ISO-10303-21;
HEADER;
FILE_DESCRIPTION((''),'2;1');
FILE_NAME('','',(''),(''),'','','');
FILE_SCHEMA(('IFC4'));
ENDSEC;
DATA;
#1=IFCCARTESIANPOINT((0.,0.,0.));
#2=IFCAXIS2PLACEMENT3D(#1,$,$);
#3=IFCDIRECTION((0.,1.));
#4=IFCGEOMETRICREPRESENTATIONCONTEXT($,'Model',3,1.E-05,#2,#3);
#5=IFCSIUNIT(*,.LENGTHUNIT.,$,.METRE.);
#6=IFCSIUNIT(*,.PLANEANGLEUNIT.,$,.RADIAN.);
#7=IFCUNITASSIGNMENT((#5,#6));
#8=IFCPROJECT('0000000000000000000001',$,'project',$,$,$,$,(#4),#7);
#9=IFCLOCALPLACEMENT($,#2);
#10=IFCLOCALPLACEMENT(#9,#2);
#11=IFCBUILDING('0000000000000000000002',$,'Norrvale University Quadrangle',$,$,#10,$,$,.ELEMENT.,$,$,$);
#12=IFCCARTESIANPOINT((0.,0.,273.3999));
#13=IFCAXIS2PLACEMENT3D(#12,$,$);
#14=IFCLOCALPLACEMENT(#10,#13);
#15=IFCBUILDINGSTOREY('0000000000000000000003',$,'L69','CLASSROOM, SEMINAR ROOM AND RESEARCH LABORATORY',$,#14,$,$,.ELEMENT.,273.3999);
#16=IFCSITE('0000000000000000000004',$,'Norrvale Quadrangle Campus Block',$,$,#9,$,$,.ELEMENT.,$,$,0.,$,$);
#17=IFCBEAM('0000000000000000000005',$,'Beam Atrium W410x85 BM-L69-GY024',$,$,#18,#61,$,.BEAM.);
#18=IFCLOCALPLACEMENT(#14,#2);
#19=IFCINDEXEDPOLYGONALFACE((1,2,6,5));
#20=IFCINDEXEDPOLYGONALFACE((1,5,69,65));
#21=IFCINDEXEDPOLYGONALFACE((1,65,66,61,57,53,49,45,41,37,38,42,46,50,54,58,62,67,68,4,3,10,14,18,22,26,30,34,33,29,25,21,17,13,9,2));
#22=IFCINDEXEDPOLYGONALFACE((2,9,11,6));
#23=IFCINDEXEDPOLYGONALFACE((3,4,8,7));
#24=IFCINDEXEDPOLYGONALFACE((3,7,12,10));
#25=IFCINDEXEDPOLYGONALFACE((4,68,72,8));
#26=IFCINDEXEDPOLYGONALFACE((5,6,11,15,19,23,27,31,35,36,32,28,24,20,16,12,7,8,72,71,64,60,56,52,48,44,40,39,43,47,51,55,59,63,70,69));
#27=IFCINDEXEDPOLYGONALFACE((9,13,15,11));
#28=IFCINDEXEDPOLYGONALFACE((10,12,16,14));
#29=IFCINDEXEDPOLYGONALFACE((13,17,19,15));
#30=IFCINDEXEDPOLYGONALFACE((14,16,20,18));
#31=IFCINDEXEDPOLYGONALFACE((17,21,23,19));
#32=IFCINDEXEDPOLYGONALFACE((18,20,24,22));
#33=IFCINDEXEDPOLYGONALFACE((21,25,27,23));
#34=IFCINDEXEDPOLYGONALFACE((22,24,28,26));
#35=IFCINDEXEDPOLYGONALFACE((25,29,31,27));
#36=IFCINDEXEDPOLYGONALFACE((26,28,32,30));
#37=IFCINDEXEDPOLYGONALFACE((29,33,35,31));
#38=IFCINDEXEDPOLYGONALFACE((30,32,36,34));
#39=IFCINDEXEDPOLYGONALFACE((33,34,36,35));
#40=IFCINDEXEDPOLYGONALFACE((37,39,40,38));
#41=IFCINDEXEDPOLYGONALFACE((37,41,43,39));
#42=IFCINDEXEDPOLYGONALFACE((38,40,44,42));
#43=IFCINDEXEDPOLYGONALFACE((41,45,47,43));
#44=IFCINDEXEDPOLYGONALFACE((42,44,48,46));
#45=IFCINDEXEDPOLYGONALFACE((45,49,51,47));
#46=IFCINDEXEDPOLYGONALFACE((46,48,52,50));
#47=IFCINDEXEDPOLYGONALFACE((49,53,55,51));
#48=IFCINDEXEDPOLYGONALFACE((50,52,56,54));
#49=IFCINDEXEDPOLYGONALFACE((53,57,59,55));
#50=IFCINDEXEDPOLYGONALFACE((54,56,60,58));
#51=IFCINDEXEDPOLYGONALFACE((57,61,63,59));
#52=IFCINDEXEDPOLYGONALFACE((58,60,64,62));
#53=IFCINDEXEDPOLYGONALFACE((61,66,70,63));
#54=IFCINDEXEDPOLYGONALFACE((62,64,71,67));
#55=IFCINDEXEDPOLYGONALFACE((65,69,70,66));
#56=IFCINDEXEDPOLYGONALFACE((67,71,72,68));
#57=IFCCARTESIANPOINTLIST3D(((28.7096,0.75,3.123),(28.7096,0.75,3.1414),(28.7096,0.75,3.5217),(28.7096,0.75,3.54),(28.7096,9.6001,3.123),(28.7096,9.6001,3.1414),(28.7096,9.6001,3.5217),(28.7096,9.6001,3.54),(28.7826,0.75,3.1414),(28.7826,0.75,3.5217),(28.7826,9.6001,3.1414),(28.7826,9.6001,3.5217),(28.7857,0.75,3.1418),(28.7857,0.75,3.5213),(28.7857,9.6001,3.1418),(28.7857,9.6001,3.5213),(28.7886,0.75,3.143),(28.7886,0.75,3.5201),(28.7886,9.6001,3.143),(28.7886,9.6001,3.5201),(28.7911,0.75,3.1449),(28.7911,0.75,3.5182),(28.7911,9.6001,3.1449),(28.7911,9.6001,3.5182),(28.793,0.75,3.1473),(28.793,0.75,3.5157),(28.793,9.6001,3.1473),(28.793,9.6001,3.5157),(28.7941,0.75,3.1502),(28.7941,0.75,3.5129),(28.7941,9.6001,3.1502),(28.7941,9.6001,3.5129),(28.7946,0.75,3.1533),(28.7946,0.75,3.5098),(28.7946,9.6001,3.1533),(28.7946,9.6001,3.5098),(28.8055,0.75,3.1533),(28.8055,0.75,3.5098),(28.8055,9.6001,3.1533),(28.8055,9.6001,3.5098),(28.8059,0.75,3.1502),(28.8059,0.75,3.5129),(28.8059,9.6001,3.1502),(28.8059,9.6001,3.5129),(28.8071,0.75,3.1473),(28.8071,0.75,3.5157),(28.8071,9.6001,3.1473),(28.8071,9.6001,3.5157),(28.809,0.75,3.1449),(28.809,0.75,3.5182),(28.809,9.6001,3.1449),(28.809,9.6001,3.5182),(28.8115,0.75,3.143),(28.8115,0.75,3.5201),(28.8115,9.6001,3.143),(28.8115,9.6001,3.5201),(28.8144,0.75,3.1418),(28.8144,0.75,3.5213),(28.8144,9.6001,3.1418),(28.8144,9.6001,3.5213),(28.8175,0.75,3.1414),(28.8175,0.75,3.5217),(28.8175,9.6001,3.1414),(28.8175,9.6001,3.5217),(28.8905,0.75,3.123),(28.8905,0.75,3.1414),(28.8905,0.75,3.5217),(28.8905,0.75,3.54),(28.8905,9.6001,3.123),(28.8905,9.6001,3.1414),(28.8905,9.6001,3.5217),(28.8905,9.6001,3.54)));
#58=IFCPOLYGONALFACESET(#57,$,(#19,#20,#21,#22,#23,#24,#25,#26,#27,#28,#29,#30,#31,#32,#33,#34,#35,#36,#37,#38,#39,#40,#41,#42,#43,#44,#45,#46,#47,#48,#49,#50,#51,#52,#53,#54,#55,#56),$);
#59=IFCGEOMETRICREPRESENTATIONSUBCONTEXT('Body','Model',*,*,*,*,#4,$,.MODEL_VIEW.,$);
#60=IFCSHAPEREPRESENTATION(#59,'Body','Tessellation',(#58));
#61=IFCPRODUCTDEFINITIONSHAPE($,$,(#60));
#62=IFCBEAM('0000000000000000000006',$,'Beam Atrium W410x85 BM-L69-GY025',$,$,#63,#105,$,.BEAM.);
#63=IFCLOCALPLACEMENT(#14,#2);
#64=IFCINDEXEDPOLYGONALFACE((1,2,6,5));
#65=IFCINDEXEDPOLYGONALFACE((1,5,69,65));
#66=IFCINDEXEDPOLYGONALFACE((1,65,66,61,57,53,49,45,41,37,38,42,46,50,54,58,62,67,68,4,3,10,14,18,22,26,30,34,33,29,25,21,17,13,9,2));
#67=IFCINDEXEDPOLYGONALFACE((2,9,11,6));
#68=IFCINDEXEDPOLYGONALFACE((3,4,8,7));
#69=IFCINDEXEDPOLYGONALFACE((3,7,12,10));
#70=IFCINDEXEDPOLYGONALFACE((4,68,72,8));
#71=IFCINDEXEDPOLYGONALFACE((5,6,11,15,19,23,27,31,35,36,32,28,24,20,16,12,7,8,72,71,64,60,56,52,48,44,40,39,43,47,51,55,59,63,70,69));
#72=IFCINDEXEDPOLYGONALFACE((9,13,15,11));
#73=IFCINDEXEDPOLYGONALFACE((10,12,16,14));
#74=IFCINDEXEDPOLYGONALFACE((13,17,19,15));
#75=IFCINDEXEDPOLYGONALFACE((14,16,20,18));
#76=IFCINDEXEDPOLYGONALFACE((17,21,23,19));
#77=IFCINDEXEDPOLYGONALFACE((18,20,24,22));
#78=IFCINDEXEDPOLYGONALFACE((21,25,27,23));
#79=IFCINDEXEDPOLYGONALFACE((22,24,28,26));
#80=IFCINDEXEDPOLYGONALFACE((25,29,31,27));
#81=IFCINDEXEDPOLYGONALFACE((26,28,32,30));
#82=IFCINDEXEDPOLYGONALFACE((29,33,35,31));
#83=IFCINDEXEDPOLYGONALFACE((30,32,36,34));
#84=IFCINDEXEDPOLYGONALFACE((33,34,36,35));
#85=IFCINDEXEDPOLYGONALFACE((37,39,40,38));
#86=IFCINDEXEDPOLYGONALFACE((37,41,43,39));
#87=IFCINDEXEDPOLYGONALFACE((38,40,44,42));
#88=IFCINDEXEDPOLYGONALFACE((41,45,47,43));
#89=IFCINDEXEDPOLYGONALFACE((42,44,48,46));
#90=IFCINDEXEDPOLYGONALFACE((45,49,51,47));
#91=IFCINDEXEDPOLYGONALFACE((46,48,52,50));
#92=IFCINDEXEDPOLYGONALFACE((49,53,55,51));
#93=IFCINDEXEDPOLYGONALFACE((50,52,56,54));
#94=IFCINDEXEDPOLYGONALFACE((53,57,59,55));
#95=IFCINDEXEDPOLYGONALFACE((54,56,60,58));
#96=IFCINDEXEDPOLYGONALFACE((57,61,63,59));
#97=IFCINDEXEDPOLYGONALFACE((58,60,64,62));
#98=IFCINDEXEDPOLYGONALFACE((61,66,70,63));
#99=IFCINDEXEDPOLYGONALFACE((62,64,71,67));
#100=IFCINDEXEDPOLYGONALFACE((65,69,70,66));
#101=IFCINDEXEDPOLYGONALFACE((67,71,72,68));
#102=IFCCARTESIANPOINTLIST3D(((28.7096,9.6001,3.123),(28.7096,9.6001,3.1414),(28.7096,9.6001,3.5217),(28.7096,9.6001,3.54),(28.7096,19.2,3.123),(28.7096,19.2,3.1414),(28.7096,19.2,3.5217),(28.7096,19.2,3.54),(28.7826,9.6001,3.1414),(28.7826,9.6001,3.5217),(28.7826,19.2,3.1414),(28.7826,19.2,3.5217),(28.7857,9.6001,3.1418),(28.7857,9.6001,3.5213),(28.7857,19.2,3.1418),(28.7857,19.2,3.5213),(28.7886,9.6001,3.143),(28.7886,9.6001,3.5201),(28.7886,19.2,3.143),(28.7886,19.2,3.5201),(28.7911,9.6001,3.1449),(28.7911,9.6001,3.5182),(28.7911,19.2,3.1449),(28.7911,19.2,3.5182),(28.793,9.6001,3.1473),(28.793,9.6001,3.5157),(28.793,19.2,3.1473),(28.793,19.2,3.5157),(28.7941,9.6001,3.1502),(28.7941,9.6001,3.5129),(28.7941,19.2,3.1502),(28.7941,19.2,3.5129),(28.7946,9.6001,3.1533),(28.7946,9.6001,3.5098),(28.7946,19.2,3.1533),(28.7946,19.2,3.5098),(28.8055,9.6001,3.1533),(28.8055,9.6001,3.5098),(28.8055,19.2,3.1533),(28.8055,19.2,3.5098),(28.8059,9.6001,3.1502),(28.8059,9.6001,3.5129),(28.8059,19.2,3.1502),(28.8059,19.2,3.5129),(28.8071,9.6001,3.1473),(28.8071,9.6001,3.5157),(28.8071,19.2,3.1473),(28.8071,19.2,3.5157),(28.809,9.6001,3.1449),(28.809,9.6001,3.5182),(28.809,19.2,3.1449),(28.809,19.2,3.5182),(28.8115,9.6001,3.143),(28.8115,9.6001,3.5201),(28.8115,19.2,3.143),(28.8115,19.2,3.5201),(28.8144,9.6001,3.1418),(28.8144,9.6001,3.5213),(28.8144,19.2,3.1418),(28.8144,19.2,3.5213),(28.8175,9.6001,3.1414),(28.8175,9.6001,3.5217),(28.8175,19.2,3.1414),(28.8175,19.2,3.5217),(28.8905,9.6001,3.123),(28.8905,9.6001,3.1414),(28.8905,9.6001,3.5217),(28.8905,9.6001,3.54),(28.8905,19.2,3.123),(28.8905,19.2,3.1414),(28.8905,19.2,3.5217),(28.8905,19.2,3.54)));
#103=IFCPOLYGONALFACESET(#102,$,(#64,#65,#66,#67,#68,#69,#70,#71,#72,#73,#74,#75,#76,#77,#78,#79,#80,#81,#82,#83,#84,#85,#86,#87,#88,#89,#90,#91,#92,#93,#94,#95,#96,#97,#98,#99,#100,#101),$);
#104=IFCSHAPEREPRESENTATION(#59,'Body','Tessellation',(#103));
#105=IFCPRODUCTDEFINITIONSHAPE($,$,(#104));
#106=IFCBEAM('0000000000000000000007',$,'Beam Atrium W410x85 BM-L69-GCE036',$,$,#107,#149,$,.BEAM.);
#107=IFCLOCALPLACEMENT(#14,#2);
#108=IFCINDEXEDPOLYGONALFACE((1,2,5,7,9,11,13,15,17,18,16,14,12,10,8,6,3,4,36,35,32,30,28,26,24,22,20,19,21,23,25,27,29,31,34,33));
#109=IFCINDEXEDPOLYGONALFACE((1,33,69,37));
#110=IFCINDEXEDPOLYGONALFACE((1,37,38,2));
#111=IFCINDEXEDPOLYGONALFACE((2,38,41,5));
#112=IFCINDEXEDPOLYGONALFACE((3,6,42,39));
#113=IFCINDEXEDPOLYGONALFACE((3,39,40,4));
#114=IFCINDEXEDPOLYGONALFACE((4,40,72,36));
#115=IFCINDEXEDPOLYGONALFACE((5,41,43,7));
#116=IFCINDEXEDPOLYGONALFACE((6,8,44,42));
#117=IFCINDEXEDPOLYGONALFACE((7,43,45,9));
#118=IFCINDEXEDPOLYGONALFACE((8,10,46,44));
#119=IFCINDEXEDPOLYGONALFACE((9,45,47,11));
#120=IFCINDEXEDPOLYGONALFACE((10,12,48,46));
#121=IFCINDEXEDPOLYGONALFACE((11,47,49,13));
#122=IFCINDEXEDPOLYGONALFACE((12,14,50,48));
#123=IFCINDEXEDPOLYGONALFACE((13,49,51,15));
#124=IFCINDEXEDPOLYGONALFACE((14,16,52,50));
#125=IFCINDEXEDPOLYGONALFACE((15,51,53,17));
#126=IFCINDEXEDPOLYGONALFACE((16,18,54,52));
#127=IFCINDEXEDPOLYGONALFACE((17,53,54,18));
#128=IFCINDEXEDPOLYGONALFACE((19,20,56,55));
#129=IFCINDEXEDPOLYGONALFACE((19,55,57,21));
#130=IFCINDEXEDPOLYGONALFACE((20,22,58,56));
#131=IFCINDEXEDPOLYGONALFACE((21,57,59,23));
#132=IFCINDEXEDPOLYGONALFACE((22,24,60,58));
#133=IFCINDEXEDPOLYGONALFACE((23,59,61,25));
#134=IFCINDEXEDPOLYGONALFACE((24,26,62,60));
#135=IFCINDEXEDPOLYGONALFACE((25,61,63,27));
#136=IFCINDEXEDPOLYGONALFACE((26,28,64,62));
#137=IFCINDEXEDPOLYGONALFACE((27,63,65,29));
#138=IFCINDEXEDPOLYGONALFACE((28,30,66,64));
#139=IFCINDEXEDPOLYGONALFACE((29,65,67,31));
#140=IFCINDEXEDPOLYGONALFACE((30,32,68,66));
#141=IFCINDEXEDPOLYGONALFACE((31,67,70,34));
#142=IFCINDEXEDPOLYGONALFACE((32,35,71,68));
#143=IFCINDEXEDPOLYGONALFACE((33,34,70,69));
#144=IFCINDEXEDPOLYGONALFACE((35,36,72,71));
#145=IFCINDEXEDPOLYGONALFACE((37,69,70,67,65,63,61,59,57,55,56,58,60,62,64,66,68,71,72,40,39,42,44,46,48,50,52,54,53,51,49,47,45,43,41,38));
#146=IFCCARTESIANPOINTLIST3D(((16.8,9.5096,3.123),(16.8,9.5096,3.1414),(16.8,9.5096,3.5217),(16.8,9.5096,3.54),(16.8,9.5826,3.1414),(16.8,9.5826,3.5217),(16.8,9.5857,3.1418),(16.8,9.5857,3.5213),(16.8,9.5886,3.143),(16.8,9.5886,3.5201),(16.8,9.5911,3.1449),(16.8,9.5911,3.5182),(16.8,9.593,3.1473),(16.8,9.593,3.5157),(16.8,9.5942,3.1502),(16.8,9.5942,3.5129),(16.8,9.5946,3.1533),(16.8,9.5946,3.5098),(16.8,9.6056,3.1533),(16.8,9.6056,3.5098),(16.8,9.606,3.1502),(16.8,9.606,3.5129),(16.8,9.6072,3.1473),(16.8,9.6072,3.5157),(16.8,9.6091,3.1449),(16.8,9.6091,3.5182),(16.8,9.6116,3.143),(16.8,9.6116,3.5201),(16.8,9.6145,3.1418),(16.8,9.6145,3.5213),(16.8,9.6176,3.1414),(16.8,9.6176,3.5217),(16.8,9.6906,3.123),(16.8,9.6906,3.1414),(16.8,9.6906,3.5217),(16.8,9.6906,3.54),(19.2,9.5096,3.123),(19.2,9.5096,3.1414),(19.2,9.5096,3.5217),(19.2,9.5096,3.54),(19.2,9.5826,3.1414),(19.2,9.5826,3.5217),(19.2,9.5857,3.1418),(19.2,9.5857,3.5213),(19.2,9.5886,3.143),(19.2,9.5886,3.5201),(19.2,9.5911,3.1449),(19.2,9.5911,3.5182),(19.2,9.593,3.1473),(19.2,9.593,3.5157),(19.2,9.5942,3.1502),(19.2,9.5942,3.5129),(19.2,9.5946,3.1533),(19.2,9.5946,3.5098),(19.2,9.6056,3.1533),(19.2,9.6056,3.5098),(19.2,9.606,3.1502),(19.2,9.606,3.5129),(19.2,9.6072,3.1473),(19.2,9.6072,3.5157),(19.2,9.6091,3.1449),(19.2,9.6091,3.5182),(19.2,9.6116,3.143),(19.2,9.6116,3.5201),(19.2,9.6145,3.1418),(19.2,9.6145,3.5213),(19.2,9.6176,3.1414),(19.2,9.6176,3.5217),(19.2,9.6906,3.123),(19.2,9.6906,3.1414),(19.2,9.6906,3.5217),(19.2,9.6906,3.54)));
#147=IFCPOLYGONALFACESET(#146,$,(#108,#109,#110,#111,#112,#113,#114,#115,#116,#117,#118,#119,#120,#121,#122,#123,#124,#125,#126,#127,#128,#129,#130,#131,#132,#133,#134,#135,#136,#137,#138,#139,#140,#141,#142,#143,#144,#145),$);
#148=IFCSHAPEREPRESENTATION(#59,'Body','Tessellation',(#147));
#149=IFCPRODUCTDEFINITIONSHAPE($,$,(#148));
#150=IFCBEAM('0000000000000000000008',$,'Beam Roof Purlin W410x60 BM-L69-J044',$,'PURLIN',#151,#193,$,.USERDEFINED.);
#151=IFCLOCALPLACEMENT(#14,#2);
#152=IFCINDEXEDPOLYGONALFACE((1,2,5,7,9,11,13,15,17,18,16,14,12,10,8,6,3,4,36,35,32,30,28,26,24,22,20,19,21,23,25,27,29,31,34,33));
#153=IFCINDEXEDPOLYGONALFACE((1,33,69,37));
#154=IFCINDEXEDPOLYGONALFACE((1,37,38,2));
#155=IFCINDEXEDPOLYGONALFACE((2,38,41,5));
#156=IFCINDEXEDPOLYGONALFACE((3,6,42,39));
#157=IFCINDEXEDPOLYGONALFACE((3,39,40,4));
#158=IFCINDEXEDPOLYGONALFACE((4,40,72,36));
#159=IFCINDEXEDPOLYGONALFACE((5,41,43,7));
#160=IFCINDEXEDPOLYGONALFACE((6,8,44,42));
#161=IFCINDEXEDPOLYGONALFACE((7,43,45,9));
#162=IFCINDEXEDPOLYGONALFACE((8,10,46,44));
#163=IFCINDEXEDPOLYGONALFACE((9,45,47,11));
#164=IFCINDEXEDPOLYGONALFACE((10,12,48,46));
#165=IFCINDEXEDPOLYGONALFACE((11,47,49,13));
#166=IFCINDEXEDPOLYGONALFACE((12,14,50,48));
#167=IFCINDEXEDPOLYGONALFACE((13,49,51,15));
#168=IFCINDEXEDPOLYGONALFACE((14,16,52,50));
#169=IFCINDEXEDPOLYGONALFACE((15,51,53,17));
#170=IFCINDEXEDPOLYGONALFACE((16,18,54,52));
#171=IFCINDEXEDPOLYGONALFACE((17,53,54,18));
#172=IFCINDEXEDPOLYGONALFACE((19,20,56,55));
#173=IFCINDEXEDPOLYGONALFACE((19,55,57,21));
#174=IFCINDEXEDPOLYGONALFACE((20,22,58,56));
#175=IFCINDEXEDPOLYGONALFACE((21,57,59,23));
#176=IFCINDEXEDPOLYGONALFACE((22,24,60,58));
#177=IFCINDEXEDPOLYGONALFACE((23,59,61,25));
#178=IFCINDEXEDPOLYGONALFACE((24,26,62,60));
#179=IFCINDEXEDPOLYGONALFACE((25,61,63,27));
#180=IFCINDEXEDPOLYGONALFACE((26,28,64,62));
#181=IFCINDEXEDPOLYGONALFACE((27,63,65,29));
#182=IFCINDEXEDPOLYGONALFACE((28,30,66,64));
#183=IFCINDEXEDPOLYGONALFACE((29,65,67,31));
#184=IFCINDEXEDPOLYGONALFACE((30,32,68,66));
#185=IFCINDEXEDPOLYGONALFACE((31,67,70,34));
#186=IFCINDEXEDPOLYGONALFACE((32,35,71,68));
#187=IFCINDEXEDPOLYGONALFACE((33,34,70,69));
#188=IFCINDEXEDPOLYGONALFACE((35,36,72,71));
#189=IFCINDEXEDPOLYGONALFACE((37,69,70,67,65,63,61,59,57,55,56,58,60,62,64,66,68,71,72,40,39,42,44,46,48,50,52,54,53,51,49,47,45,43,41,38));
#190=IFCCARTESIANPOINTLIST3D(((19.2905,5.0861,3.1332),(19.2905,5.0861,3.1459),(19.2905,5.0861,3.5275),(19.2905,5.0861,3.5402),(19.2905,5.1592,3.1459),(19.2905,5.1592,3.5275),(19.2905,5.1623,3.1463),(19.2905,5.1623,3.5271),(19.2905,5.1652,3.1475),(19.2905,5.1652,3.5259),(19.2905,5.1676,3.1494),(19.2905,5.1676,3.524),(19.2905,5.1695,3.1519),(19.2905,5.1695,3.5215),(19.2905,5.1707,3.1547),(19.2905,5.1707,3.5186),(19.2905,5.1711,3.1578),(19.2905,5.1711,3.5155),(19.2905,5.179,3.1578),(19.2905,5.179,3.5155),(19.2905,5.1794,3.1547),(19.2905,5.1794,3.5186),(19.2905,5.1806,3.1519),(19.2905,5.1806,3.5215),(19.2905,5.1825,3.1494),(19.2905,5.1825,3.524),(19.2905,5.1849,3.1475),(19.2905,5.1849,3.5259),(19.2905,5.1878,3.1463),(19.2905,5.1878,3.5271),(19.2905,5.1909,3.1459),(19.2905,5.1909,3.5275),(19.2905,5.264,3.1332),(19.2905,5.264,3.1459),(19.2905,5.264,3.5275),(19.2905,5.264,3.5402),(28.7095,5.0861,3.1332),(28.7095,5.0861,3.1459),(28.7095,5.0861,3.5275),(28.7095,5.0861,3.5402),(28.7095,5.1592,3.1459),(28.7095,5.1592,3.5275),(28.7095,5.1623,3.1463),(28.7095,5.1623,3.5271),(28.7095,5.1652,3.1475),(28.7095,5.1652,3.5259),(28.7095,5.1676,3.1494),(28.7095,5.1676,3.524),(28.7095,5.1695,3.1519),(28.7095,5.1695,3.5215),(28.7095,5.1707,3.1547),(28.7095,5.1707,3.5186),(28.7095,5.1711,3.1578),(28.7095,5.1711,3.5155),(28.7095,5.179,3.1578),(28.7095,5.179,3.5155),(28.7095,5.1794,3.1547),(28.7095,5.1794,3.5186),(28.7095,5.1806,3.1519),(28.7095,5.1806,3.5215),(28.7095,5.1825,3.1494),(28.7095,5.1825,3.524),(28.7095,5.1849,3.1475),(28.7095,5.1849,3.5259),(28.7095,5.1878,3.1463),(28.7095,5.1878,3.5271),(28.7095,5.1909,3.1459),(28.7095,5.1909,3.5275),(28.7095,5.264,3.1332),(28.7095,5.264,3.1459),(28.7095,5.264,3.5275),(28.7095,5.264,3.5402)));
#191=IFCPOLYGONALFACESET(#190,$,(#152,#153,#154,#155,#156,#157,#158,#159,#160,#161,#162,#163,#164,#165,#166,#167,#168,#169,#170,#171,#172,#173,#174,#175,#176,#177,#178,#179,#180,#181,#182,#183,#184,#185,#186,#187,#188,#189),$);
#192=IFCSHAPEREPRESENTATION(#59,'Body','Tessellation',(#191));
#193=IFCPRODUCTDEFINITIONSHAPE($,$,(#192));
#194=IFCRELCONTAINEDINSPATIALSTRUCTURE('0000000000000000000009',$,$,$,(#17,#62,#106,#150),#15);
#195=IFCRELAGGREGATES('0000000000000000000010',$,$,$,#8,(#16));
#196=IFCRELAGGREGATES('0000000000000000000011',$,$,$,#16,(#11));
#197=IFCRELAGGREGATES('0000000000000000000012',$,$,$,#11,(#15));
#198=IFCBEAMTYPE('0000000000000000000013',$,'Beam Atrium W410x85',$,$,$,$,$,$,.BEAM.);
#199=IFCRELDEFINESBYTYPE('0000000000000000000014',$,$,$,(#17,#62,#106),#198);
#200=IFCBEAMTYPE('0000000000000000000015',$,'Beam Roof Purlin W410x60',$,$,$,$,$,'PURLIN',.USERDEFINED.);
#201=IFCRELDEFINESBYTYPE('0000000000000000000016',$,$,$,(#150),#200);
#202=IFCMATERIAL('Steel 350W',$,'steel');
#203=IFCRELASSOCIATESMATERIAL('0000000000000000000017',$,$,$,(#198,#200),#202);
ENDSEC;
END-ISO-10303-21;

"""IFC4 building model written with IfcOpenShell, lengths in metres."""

from ifc_helpers import new_model, si_unit, direction, frame, origin, origin_2d, place, context, subcontext, project, spatial, i_section, extrude, material, material_profile, profile_set, type_object, element, save


model = new_model("IFC4")

# Units and contexts
model_context = context("Model", 3, precision=1e-05, world=origin(), true_north=direction((0.0, 1.0)))
body_context = subcontext(model_context, "Body", "Model", "MODEL_VIEW")
ifc_project = project(units=[si_unit("LENGTHUNIT", "METRE"), si_unit("PLANEANGLEUNIT", "RADIAN")], contexts=[model_context])

# Site, building, storey
site_placement = place(None, origin())
site = spatial("IfcSite", under=ifc_project, at=site_placement, Name="Norrvale Quadrangle Campus Block", CompositionType="ELEMENT", RefElevation=0.0)
building_placement = place(site_placement, origin())
building = spatial("IfcBuilding", under=site, at=building_placement, Name="Norrvale University Quadrangle", CompositionType="ELEMENT")
storey_placement = place(building_placement, frame((0.0, 0.0, 273.3999)))
storey = spatial("IfcBuildingStorey", under=building, at=storey_placement, Name="L69", Description="CLASSROOM, SEMINAR ROOM AND RESEARCH LABORATORY", CompositionType="ELEMENT", Elevation=273.3999)

# Beams
ifc_material_1 = material(Name="Steel 350W", Category="steel")
ifc_material_profile_1 = material_profile(ifc_material_1, i_section(OverallWidth=0.1809, OverallDepth=0.417, WebThickness=0.011, FlangeThickness=0.0183, FilletRadius=0.012, at=origin_2d()), Name="Steel 350W")
ifc_profile_set_1 = profile_set([ifc_material_profile_1], Name="Steel 350W")
beam_type_1 = type_object("IfcBeamType", Name="Beam Atrium W410x85", PredefinedType="BEAM", material=ifc_profile_set_1)
beam_1_placement = place(storey_placement, frame((28.8, 0.75, 3.3315), z_axis=(0.0, 1.0, 0.0), x_axis=(-1.0, 0.0, 0.0)))
element("IfcBeam", 1, at=beam_1_placement, inside=storey, type_object=beam_type_1, Name="Beam Atrium W410x85 BM-L69-GY024", PredefinedType="BEAM", context=body_context, shape_type="SweptSolid", body=[
    extrude(i_section(OverallWidth=0.1809, OverallDepth=0.417, WebThickness=0.011, FlangeThickness=0.0183, FilletRadius=0.012, at=origin_2d()), origin(), (0.0, 0.0, 1.0), 8.8501),
])
beam_2_placement = place(storey_placement, frame((28.8, 9.6001, 3.3315), z_axis=(0.0, 1.0, 0.0), x_axis=(-1.0, 0.0, 0.0)))
element("IfcBeam", 2, at=beam_2_placement, inside=storey, type_object=beam_type_1, Name="Beam Atrium W410x85 BM-L69-GY025", PredefinedType="BEAM", context=body_context, shape_type="SweptSolid", body=[
    extrude(i_section(OverallWidth=0.1809, OverallDepth=0.417, WebThickness=0.011, FlangeThickness=0.0183, FilletRadius=0.012, at=origin_2d()), origin(), (0.0, 0.0, 1.0), 9.5999),
])
beam_3_placement = place(storey_placement, frame((16.8, 9.6001, 3.3315), z_axis=(1.0, 0.0, 0.0), x_axis=(0.0, 1.0, 0.0)))
element("IfcBeam", 3, at=beam_3_placement, inside=storey, type_object=beam_type_1, Name="Beam Atrium W410x85 BM-L69-GCE036", PredefinedType="BEAM", context=body_context, shape_type="SweptSolid", body=[
    extrude(i_section(OverallWidth=0.1809, OverallDepth=0.417, WebThickness=0.011, FlangeThickness=0.0183, FilletRadius=0.012, at=origin_2d()), origin(), (0.0, 0.0, 1.0), 2.3999),
])
ifc_material_profile_2 = material_profile(ifc_material_1, i_section(OverallWidth=0.178, OverallDepth=0.407, WebThickness=0.0078, FlangeThickness=0.0127, FilletRadius=0.012, at=origin_2d()), Name="Steel 350W")
ifc_profile_set_2 = profile_set([ifc_material_profile_2], Name="Steel 350W")
beam_type_2 = type_object("IfcBeamType", Name="Beam Roof Purlin W410x60", ElementType="PURLIN", PredefinedType="USERDEFINED", material=ifc_profile_set_2)
for number, where, z_axis, x_axis, name in (
    (4, (19.2905, 5.175, 3.3367), (1.0, 0.0, 0.0), (0.0, 1.0, 0.0), "Beam Roof Purlin W410x60 BM-L69-J044"),
):
    element("IfcBeam", number, at=place(storey_placement, frame(where, z_axis=z_axis, x_axis=x_axis)), inside=storey, type_object=beam_type_2, Name=name, ObjectType="PURLIN", PredefinedType="USERDEFINED", context=body_context, shape_type="SweptSolid", body=[
        extrude(i_section(OverallWidth=0.178, OverallDepth=0.407, WebThickness=0.0078, FlangeThickness=0.0127, FilletRadius=0.012, at=origin_2d()), origin(), (0.0, 0.0, 1.0), 9.4189),
    ])

save(model, "model.ifc")
